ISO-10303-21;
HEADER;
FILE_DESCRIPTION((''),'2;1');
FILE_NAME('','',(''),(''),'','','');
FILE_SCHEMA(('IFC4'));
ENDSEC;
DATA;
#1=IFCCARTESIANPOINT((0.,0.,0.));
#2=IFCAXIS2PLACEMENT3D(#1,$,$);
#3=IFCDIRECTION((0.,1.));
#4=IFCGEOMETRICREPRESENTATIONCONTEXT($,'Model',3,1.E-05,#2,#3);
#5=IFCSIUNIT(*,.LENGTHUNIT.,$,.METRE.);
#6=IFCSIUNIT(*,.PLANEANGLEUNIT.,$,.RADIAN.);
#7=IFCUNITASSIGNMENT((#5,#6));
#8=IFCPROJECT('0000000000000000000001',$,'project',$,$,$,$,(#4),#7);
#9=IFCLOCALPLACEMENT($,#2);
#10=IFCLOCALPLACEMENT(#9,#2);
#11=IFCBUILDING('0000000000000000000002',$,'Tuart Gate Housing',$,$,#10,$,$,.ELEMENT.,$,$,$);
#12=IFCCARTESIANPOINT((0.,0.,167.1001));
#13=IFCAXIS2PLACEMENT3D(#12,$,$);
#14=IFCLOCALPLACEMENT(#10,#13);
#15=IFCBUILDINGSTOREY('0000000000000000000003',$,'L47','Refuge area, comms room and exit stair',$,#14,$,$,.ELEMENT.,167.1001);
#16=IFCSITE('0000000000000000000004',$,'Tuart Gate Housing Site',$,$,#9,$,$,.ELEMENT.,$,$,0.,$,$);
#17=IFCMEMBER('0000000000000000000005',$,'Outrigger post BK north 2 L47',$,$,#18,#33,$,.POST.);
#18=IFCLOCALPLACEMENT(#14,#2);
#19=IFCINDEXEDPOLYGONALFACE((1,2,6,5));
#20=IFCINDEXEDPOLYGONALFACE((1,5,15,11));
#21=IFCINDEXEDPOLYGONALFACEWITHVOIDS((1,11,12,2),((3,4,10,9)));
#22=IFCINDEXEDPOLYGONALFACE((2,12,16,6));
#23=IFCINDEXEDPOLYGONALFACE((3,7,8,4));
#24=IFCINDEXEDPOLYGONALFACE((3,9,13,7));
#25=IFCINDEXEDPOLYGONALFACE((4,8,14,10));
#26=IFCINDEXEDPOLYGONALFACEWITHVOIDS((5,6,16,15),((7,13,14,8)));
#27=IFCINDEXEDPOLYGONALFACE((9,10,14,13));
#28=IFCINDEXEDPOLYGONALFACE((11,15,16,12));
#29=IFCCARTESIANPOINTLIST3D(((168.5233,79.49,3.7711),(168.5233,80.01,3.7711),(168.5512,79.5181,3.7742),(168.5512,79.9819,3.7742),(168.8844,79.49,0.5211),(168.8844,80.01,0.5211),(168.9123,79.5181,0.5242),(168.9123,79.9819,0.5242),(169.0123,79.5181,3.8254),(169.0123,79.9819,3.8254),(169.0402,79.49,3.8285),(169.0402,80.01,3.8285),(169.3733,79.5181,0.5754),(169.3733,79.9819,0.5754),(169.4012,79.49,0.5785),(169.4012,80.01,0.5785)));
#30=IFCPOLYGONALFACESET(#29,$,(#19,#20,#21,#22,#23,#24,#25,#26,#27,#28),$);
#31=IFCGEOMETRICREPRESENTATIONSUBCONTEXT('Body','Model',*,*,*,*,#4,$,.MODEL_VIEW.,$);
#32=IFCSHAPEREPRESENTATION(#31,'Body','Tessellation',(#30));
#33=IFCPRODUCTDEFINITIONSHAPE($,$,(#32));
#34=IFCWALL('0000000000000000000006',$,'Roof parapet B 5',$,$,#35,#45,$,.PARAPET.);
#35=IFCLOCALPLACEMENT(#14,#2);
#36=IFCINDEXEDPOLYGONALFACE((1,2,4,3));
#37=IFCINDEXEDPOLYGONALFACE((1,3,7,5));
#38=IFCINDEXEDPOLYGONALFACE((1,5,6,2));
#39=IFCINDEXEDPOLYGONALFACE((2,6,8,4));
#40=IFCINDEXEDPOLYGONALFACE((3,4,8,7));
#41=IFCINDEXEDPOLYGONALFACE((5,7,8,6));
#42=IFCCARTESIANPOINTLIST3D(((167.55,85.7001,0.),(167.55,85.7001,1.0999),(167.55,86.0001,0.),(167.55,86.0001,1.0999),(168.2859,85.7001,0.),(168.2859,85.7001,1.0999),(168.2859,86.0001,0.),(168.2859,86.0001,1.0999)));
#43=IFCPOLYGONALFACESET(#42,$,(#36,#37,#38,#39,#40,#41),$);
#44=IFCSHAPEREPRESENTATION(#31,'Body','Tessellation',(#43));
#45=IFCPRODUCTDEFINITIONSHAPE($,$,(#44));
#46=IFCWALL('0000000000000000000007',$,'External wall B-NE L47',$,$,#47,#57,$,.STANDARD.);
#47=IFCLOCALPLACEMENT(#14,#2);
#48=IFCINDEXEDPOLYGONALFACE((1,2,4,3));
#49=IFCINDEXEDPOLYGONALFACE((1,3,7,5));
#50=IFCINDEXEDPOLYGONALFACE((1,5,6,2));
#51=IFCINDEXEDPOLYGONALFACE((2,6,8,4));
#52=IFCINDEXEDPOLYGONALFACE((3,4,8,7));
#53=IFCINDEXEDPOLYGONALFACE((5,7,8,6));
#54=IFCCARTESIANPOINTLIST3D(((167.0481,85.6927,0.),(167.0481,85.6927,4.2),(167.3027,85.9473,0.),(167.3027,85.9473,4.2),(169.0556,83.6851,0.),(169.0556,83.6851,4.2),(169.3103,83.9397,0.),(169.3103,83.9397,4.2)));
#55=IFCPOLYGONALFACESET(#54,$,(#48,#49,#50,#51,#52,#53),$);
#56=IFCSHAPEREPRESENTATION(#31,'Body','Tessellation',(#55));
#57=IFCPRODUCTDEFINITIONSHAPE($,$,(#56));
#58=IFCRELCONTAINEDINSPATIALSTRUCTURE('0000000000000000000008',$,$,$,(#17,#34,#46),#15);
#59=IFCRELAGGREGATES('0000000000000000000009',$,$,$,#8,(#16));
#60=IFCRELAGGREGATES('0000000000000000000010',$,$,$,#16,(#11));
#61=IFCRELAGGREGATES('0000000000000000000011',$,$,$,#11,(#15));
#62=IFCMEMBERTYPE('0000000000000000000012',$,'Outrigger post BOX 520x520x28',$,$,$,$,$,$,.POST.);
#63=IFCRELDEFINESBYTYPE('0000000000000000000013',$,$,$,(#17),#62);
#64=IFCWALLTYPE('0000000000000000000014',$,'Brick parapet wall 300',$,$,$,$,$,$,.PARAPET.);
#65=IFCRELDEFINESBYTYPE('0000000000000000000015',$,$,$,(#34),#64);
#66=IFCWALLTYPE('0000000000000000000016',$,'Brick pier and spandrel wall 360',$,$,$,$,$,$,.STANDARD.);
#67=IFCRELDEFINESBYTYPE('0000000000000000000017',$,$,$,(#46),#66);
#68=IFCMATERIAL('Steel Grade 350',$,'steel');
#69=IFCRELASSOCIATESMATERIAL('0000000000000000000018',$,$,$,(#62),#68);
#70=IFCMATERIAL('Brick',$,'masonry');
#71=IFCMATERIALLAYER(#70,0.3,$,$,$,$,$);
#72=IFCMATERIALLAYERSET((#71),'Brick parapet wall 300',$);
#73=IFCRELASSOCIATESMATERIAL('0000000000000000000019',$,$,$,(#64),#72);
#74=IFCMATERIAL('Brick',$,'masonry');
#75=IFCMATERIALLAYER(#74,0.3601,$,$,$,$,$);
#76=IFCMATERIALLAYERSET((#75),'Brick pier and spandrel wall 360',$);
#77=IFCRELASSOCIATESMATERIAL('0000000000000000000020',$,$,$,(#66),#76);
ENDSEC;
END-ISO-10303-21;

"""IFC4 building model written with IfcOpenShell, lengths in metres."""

from ifc_helpers import new_model, si_unit, direction, frame, frame_2d, origin, origin_2d, place, context, subcontext, project, spatial, rectangle, hollow_rectangle, extrude, material, layer, layer_set, material_profile, profile_set, type_object, element, save


model = new_model("IFC4")

# Units and contexts
model_context = context("Model", 3, precision=1e-05, world=origin(), true_north=direction((0.0, 1.0)))
body_context = subcontext(model_context, "Body", "Model", "MODEL_VIEW")
ifc_project = project(units=[si_unit("LENGTHUNIT", "METRE"), si_unit("PLANEANGLEUNIT", "RADIAN")], contexts=[model_context])

# Site, building, storey
site_placement = place(None, origin())
site = spatial("IfcSite", under=ifc_project, at=site_placement, Name="Tuart Gate Housing Site", CompositionType="ELEMENT", RefElevation=0.0)
building_placement = place(site_placement, origin())
building = spatial("IfcBuilding", under=site, at=building_placement, Name="Tuart Gate Housing", CompositionType="ELEMENT")
storey_placement = place(building_placement, frame((0.0, 0.0, 167.1001)))
storey = spatial("IfcBuildingStorey", under=building, at=storey_placement, Name="L47", Description="Refuge area, comms room and exit stair", CompositionType="ELEMENT", Elevation=167.1001)

# Member
ifc_material_1 = material(Name="Steel Grade 350", Category="steel")
ifc_material_profile_1 = material_profile(ifc_material_1, hollow_rectangle(XDim=0.52, YDim=0.52, WallThickness=0.0281, at=origin_2d()), Name="BOX 520x520x28")
ifc_profile_set_1 = profile_set([ifc_material_profile_1], Name="Steel Grade 350")
member_type_1 = type_object("IfcMemberType", Name="Outrigger post BOX 520x520x28", PredefinedType="POST", material=ifc_profile_set_1)
member_1_placement = place(storey_placement, frame((169.1428, 79.75, 0.5498), z_axis=(-0.110423, 0.0, 0.993885), x_axis=(0.0, -1.0, 0.0)))
element("IfcMember", 1, at=member_1_placement, inside=storey, type_object=member_type_1, Name="Outrigger post BK north 2 L47", PredefinedType="POST", context=body_context, shape_type="SweptSolid", body=[
    extrude(hollow_rectangle(XDim=0.52, YDim=0.52, WallThickness=0.0281, at=origin_2d()), origin(), (0.0, 0.0, 1.0), 3.27),
])

# Walls
ifc_material_2 = material(Name="Brick", Category="masonry")
ifc_layer_1 = layer(ifc_material_2, 0.3)
ifc_layer_set_1 = layer_set([ifc_layer_1], Name="Brick parapet wall 300")
wall_type_1 = type_object("IfcWallType", Name="Brick parapet wall 300", PredefinedType="PARAPET", material=ifc_layer_set_1)
wall_1_placement = place(storey_placement, frame((168.2859, 85.8501, 0.0), z_axis=(0.0, 0.0, 1.0), x_axis=(-1.0, 0.0, 0.0)))
element("IfcWall", 2, at=wall_1_placement, inside=storey, type_object=wall_type_1, Name="Roof parapet B 5", PredefinedType="PARAPET", context=body_context, shape_type="SweptSolid", body=[
    extrude(rectangle(XDim=0.7358, YDim=0.3, at=frame_2d((0.3679, 0.0))), origin(), (0.0, 0.0, 1.0), 1.0999),
])
ifc_material_3 = material(Name="Brick", Category="masonry")
ifc_layer_2 = layer(ifc_material_3, 0.3601)
ifc_layer_set_2 = layer_set([ifc_layer_2], Name="Brick pier and spandrel wall 360")
wall_type_2 = type_object("IfcWallType", Name="Brick pier and spandrel wall 360", PredefinedType="STANDARD", material=ifc_layer_set_2)
wall_2_placement = place(storey_placement, frame((169.1829, 83.8125, 0.0), z_axis=(0.0, 0.0, 1.0), x_axis=(-0.707107, 0.707107, 0.0)))
element("IfcWall", 3, at=wall_2_placement, inside=storey, type_object=wall_type_2, Name="External wall B-NE L47", PredefinedType="STANDARD", context=body_context, shape_type="SweptSolid", body=[
    extrude(rectangle(XDim=2.8391, YDim=0.3601, at=frame_2d((1.4194, 0.0))), origin(), (0.0, 0.0, 1.0), 4.2),
])

save(model, "model.ifc")
